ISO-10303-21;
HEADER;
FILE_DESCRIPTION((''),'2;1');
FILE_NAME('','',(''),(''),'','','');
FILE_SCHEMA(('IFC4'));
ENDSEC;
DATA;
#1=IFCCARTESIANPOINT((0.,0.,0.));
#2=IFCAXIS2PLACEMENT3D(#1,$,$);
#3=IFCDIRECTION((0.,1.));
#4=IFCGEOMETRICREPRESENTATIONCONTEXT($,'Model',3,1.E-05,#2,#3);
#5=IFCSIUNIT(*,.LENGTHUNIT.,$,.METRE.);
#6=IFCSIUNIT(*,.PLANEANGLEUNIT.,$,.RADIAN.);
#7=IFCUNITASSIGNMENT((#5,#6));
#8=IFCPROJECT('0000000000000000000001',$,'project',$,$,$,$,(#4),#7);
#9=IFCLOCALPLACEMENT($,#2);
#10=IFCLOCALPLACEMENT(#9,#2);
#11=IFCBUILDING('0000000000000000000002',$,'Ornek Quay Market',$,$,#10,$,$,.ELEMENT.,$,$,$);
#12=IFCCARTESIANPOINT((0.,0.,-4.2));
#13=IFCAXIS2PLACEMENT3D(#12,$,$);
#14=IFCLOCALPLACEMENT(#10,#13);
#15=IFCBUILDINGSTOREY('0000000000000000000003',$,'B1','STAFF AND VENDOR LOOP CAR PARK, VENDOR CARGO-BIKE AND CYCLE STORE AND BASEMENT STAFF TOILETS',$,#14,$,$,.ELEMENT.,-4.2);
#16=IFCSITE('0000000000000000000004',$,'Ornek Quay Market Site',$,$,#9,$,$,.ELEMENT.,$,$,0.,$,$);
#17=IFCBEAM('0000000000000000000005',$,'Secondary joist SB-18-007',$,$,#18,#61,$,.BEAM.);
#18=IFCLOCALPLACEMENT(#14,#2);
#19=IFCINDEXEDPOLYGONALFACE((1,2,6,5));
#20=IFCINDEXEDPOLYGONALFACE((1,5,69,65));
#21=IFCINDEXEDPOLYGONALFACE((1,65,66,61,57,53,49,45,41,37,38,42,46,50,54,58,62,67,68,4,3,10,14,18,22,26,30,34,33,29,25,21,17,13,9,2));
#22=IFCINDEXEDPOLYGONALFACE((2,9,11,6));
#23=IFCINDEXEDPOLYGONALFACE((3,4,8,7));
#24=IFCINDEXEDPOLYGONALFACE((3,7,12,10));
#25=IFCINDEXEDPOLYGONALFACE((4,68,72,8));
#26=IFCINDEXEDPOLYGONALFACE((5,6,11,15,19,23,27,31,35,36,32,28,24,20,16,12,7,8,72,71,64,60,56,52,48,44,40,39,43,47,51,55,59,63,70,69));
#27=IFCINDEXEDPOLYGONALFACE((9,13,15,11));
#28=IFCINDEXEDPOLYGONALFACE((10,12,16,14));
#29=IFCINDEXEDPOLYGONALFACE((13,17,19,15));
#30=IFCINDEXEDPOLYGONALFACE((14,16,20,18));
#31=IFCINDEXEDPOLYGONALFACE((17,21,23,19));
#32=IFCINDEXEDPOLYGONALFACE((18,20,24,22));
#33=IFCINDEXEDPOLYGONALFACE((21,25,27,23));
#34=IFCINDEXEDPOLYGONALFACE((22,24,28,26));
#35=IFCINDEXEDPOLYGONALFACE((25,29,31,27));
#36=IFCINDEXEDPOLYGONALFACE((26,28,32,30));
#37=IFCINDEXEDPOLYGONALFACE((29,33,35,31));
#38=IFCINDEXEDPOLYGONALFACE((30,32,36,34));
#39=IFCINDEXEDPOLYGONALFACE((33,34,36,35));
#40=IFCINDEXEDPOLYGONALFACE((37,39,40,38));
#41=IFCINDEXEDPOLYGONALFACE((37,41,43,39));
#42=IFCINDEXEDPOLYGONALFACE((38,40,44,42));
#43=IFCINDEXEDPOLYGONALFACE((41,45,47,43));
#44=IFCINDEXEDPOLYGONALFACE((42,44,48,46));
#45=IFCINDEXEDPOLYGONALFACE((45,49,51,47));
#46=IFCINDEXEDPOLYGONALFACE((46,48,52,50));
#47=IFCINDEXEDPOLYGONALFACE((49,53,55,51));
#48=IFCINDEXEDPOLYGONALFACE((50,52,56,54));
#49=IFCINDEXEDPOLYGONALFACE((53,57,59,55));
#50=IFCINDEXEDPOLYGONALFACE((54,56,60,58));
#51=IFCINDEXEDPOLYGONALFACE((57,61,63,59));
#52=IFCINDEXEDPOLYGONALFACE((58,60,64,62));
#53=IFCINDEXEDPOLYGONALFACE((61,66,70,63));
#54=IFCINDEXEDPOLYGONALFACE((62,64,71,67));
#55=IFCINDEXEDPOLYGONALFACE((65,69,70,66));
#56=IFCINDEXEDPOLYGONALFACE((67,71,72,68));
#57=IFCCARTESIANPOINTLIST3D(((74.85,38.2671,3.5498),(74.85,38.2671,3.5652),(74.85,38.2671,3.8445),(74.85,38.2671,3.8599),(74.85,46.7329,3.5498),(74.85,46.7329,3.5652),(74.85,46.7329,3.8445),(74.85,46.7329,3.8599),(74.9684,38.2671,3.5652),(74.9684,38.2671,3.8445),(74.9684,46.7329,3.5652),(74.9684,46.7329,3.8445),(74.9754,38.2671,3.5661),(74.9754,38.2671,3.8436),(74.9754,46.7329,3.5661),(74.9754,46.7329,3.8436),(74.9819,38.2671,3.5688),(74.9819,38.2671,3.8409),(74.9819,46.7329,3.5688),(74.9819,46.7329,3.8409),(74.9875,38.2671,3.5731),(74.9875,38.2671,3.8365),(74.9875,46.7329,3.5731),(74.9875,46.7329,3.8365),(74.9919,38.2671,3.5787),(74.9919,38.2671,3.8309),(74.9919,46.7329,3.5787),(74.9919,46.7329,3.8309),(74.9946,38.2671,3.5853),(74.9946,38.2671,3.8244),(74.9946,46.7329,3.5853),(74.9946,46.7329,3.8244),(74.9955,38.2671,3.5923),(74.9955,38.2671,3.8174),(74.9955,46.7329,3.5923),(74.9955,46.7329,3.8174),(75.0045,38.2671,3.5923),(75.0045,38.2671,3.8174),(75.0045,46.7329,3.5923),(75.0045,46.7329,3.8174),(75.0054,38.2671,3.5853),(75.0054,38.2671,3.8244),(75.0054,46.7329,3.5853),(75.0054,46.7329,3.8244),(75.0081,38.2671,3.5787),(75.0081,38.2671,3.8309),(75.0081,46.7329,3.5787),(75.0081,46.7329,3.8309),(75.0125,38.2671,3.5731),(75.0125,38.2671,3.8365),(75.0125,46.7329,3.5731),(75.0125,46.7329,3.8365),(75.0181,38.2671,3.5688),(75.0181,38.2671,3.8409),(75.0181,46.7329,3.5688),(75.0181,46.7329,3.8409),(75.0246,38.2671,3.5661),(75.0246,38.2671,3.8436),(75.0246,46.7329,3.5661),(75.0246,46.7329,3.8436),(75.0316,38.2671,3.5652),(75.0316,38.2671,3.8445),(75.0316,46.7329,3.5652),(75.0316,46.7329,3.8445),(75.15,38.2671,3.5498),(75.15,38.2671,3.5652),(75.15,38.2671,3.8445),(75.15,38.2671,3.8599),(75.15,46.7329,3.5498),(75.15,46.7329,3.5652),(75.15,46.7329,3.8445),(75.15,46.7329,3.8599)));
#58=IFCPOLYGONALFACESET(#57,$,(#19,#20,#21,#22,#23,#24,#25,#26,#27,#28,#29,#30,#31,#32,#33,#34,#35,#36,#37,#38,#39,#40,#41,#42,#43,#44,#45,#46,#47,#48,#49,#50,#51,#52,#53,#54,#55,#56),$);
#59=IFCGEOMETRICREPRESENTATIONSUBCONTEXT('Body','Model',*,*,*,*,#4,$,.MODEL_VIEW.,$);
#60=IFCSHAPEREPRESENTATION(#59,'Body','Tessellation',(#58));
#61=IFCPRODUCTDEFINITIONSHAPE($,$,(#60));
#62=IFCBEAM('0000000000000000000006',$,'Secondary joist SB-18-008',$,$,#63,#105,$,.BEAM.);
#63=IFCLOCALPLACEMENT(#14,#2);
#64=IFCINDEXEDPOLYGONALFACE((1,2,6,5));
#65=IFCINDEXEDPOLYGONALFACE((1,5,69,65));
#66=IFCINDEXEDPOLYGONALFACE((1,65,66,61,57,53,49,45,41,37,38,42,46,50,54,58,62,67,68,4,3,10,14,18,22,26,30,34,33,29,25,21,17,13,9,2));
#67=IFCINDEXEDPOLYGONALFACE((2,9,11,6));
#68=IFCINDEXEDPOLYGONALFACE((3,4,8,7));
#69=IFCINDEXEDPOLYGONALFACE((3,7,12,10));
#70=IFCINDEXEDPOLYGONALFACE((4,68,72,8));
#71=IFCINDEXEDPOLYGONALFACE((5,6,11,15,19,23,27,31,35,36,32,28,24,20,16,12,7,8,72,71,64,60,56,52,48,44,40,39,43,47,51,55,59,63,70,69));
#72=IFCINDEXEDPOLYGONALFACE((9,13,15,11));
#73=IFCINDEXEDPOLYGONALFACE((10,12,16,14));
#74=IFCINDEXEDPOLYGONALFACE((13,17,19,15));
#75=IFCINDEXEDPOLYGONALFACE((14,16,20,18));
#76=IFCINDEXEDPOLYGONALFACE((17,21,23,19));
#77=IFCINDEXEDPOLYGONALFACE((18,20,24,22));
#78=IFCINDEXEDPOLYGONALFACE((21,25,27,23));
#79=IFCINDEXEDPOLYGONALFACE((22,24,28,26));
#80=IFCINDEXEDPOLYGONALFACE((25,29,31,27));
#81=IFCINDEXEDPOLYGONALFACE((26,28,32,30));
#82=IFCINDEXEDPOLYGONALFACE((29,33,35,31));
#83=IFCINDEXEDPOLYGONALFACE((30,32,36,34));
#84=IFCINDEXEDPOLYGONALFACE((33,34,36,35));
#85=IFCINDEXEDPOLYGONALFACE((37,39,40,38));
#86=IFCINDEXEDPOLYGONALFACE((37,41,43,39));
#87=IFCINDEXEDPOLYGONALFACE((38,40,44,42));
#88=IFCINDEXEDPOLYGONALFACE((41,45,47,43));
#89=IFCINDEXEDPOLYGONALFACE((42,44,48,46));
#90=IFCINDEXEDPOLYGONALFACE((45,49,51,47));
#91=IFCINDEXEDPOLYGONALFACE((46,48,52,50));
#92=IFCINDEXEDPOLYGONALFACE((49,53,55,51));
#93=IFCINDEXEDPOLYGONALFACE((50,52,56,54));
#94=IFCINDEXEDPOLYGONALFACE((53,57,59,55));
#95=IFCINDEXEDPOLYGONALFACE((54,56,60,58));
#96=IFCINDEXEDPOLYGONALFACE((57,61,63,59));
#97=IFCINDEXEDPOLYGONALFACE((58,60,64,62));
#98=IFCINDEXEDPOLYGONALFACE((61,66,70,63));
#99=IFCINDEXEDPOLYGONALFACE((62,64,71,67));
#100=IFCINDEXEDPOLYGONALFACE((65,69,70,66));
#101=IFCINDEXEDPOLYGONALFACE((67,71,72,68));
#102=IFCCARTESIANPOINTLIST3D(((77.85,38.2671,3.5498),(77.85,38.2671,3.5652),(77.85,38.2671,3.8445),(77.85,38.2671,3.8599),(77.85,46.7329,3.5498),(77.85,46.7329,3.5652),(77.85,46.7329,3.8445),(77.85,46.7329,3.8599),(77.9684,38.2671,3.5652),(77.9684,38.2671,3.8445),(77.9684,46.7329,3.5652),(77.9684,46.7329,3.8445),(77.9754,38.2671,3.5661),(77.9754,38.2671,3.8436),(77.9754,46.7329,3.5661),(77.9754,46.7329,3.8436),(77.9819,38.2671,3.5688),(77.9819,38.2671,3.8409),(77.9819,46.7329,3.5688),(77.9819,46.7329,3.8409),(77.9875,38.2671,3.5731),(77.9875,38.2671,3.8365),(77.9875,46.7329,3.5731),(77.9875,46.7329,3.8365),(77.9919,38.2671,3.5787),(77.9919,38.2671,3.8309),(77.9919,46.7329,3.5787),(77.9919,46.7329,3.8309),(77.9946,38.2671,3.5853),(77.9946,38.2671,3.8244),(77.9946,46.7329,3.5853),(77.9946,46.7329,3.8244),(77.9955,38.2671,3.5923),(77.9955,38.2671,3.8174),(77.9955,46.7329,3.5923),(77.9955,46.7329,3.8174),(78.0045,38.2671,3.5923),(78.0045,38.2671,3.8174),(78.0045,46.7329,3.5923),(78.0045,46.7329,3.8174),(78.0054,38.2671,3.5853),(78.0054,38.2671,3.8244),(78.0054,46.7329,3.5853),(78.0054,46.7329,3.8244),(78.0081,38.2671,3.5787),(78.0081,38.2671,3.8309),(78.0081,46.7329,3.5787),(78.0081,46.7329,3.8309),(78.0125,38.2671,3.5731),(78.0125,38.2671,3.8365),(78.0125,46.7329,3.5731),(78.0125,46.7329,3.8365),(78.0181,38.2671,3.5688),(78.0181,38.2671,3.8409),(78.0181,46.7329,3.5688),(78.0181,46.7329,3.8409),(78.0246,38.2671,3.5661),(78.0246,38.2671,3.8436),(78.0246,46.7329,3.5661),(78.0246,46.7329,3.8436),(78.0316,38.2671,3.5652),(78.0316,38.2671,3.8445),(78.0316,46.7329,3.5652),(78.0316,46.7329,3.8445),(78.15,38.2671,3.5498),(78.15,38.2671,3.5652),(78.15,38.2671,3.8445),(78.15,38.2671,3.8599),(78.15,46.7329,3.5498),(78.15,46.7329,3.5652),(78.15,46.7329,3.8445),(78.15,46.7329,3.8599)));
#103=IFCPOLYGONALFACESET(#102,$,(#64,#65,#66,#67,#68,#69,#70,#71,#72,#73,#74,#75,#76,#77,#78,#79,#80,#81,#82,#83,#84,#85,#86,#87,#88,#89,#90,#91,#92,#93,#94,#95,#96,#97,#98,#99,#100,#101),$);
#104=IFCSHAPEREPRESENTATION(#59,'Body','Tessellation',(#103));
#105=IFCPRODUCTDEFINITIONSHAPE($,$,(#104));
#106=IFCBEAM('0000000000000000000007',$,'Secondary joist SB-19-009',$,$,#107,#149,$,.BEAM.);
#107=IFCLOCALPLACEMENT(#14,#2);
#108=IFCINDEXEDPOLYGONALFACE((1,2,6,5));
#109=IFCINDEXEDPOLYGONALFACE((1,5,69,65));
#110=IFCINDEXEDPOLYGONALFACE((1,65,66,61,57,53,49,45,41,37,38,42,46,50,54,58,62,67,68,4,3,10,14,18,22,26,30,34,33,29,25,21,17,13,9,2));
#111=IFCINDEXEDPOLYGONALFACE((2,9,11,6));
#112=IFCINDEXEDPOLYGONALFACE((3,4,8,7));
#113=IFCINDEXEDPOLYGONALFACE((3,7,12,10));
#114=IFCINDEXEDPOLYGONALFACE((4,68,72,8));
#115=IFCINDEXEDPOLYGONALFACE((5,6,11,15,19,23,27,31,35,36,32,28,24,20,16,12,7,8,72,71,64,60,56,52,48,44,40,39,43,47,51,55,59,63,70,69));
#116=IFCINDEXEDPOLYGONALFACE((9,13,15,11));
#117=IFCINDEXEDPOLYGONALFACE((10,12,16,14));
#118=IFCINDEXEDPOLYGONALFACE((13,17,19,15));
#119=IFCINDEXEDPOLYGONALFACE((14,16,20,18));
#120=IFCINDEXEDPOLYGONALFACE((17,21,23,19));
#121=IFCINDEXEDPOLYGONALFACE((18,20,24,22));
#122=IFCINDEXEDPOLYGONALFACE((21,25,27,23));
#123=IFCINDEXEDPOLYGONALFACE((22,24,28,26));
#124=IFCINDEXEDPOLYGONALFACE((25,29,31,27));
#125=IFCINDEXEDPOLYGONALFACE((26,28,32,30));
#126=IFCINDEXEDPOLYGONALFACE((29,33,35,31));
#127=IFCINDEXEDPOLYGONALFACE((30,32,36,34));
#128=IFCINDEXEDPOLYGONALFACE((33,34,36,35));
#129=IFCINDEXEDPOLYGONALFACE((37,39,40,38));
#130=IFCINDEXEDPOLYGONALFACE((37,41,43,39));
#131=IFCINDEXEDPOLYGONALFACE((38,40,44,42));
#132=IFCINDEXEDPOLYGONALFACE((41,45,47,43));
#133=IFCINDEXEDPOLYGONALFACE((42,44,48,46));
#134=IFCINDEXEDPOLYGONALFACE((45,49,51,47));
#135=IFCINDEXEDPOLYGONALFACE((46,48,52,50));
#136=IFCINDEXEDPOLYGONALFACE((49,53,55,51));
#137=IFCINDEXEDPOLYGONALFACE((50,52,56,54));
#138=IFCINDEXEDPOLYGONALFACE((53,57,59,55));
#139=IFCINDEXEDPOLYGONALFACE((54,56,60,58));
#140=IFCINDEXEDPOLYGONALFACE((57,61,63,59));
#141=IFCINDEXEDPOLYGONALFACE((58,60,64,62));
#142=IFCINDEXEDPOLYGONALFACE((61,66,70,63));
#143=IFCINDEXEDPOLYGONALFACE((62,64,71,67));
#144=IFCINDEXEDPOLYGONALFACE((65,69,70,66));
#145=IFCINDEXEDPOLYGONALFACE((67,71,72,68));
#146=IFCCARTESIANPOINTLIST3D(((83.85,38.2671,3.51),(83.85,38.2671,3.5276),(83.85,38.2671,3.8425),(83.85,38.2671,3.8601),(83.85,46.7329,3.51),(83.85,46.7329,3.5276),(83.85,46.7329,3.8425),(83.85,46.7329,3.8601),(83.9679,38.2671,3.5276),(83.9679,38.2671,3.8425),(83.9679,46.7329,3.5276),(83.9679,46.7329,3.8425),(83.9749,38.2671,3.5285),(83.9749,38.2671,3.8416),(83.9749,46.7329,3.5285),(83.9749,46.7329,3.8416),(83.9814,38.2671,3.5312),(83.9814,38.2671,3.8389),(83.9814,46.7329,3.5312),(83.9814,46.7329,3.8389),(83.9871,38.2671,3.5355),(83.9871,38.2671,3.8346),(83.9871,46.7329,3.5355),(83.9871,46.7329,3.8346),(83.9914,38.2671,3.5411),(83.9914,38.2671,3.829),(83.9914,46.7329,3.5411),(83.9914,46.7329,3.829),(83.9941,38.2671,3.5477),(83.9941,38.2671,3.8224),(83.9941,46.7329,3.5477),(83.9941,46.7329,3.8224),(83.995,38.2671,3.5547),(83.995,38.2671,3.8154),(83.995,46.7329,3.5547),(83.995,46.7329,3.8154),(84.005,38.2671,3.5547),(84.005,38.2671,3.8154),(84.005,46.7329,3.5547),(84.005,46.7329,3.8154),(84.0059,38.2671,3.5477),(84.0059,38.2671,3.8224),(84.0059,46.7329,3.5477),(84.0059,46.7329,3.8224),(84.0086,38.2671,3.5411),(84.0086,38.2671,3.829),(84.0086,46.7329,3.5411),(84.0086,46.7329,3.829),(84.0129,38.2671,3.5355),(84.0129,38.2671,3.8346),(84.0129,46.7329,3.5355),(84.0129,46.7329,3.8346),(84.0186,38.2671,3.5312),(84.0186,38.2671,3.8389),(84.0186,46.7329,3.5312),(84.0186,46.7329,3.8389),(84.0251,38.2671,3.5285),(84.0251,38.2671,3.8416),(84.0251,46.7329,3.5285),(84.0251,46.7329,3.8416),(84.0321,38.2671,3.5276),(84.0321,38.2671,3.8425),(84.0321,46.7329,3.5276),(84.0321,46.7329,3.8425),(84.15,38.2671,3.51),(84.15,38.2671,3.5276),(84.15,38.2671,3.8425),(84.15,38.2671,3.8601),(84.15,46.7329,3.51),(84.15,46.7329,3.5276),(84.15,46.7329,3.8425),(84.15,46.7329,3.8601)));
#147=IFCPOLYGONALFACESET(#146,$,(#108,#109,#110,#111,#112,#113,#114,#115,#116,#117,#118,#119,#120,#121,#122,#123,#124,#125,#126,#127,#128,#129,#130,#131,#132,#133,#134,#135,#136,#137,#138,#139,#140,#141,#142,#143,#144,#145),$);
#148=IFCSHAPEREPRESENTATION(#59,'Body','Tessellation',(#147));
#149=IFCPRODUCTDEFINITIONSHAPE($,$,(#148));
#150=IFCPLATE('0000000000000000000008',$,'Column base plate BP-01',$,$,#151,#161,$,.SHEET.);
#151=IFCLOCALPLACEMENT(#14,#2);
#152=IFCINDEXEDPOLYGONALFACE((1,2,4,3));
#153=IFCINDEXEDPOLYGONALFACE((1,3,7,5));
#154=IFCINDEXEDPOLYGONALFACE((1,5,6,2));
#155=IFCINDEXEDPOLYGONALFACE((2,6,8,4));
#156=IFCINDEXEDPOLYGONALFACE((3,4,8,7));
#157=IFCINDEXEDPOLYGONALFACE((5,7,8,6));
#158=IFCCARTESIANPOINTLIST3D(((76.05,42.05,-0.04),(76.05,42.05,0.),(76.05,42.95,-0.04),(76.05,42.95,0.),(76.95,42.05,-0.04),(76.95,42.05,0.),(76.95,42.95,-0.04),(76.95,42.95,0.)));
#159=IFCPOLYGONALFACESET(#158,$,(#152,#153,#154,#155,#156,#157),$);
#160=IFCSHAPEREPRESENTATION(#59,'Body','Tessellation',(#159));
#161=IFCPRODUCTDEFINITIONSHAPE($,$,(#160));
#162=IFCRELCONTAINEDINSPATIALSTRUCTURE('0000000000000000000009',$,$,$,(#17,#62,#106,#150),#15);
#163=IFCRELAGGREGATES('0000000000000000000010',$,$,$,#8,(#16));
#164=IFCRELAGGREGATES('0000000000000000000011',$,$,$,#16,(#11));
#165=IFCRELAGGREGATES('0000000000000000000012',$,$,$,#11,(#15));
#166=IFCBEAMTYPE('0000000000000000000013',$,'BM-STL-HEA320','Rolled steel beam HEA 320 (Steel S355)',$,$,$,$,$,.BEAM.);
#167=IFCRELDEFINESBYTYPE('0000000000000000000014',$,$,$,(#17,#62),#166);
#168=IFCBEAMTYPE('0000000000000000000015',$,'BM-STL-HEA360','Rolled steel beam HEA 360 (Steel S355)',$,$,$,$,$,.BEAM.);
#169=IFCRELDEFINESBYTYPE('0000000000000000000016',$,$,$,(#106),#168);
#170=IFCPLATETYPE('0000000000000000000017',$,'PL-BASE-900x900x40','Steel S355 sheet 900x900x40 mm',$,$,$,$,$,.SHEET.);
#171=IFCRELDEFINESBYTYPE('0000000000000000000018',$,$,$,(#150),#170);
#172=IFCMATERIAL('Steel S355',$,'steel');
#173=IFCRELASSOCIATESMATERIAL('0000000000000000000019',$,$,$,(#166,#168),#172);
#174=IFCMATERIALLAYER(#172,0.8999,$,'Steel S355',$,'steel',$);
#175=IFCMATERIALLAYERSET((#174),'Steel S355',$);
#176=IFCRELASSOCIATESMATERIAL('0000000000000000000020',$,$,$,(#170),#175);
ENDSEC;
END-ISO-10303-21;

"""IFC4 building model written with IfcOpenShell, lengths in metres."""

from ifc_helpers import new_model, si_unit, direction, frame, origin, origin_2d, place, context, subcontext, project, spatial, rectangle, i_section, extrude, material, layer, layer_set, material_profile, profile_set, type_object, element, save


model = new_model("IFC4")

# Units and contexts
model_context = context("Model", 3, precision=1e-05, world=origin(), true_north=direction((0.0, 1.0)))
body_context = subcontext(model_context, "Body", "Model", "MODEL_VIEW")
ifc_project = project(units=[si_unit("LENGTHUNIT", "METRE"), si_unit("PLANEANGLEUNIT", "RADIAN")], contexts=[model_context])

# Site, building, storey
site_placement = place(None, origin())
site = spatial("IfcSite", under=ifc_project, at=site_placement, Name="Ornek Quay Market Site", CompositionType="ELEMENT", RefElevation=0.0)
building_placement = place(site_placement, origin())
building = spatial("IfcBuilding", under=site, at=building_placement, Name="Ornek Quay Market", CompositionType="ELEMENT")
storey_placement = place(building_placement, frame((0.0, 0.0, -4.2)))
storey = spatial("IfcBuildingStorey", under=building, at=storey_placement, Name="B1", Description="STAFF AND VENDOR LOOP CAR PARK, VENDOR CARGO-BIKE AND CYCLE STORE AND BASEMENT STAFF TOILETS", CompositionType="ELEMENT", Elevation=-4.2)

# Shared definitions
ifc_material_1 = material(Name="Steel S355", Category="steel")

# Beams
ifc_material_profile_1 = material_profile(ifc_material_1, i_section(OverallWidth=0.3, OverallDepth=0.3101, WebThickness=0.009, FlangeThickness=0.0154, FilletRadius=0.0271, at=origin_2d()), Name="HEA 320", Category="steel")
ifc_profile_set_1 = profile_set([ifc_material_profile_1], Name="Steel S355")
beam_type_1 = type_object("IfcBeamType", Name="BM-STL-HEA320", Description="Rolled steel beam HEA 320 (Steel S355)", PredefinedType="BEAM", material=ifc_profile_set_1)
for number, where, z_axis, x_axis, name in (
    (1, (75.0, 38.2671, 3.7048), (0.0, 1.0, 0.0), (-1.0, 0.0, 0.0), "Secondary joist SB-18-007"),
    (2, (78.0, 38.2671, 3.7048), (0.0, 1.0, 0.0), (-1.0, 0.0, 0.0), "Secondary joist SB-18-008"),
):
    element("IfcBeam", number, at=place(storey_placement, frame(where, z_axis=z_axis, x_axis=x_axis)), inside=storey, type_object=beam_type_1, Name=name, PredefinedType="BEAM", context=body_context, shape_type="SweptSolid", body=[
        extrude(i_section(OverallWidth=0.3, OverallDepth=0.3101, WebThickness=0.009, FlangeThickness=0.0154, FilletRadius=0.0271, at=origin_2d()), origin(), (0.0, 0.0, 1.0), 8.4658),
    ])
ifc_material_profile_2 = material_profile(ifc_material_1, i_section(OverallWidth=0.3, OverallDepth=0.3501, WebThickness=0.01, FlangeThickness=0.0176, FilletRadius=0.0271, at=origin_2d()), Name="HEA 360", Category="steel")
ifc_profile_set_2 = profile_set([ifc_material_profile_2], Name="Steel S355")
beam_type_2 = type_object("IfcBeamType", Name="BM-STL-HEA360", Description="Rolled steel beam HEA 360 (Steel S355)", PredefinedType="BEAM", material=ifc_profile_set_2)
beam_1_placement = place(storey_placement, frame((84.0, 38.2671, 3.6851), z_axis=(0.0, 1.0, 0.0), x_axis=(-1.0, 0.0, 0.0)))
element("IfcBeam", 3, at=beam_1_placement, inside=storey, type_object=beam_type_2, Name="Secondary joist SB-19-009", PredefinedType="BEAM", context=body_context, shape_type="SweptSolid", body=[
    extrude(i_section(OverallWidth=0.3, OverallDepth=0.3501, WebThickness=0.01, FlangeThickness=0.0176, FilletRadius=0.0271, at=origin_2d()), origin(), (0.0, 0.0, 1.0), 8.4658),
])

# Plate
ifc_layer = layer(ifc_material_1, 0.8999, Name="Steel S355", Category="steel")
ifc_layer_set = layer_set([ifc_layer], Name="Steel S355")
plate_type = type_object("IfcPlateType", Name="PL-BASE-900x900x40", Description="Steel S355 sheet 900x900x40 mm", PredefinedType="SHEET", material=ifc_layer_set)
plate_placement = place(storey_placement, frame((76.5, 42.5, -0.04), z_axis=(0.0, 0.0, 1.0), x_axis=(1.0, 0.0, 0.0)))
element("IfcPlate", 4, at=plate_placement, inside=storey, type_object=plate_type, Name="Column base plate BP-01", PredefinedType="SHEET", context=body_context, shape_type="SweptSolid", body=[
    extrude(rectangle(XDim=0.8999, YDim=0.8999, at=origin_2d()), origin(), (0.0, 0.0, 1.0), 0.04),
])

save(model, "model.ifc")
